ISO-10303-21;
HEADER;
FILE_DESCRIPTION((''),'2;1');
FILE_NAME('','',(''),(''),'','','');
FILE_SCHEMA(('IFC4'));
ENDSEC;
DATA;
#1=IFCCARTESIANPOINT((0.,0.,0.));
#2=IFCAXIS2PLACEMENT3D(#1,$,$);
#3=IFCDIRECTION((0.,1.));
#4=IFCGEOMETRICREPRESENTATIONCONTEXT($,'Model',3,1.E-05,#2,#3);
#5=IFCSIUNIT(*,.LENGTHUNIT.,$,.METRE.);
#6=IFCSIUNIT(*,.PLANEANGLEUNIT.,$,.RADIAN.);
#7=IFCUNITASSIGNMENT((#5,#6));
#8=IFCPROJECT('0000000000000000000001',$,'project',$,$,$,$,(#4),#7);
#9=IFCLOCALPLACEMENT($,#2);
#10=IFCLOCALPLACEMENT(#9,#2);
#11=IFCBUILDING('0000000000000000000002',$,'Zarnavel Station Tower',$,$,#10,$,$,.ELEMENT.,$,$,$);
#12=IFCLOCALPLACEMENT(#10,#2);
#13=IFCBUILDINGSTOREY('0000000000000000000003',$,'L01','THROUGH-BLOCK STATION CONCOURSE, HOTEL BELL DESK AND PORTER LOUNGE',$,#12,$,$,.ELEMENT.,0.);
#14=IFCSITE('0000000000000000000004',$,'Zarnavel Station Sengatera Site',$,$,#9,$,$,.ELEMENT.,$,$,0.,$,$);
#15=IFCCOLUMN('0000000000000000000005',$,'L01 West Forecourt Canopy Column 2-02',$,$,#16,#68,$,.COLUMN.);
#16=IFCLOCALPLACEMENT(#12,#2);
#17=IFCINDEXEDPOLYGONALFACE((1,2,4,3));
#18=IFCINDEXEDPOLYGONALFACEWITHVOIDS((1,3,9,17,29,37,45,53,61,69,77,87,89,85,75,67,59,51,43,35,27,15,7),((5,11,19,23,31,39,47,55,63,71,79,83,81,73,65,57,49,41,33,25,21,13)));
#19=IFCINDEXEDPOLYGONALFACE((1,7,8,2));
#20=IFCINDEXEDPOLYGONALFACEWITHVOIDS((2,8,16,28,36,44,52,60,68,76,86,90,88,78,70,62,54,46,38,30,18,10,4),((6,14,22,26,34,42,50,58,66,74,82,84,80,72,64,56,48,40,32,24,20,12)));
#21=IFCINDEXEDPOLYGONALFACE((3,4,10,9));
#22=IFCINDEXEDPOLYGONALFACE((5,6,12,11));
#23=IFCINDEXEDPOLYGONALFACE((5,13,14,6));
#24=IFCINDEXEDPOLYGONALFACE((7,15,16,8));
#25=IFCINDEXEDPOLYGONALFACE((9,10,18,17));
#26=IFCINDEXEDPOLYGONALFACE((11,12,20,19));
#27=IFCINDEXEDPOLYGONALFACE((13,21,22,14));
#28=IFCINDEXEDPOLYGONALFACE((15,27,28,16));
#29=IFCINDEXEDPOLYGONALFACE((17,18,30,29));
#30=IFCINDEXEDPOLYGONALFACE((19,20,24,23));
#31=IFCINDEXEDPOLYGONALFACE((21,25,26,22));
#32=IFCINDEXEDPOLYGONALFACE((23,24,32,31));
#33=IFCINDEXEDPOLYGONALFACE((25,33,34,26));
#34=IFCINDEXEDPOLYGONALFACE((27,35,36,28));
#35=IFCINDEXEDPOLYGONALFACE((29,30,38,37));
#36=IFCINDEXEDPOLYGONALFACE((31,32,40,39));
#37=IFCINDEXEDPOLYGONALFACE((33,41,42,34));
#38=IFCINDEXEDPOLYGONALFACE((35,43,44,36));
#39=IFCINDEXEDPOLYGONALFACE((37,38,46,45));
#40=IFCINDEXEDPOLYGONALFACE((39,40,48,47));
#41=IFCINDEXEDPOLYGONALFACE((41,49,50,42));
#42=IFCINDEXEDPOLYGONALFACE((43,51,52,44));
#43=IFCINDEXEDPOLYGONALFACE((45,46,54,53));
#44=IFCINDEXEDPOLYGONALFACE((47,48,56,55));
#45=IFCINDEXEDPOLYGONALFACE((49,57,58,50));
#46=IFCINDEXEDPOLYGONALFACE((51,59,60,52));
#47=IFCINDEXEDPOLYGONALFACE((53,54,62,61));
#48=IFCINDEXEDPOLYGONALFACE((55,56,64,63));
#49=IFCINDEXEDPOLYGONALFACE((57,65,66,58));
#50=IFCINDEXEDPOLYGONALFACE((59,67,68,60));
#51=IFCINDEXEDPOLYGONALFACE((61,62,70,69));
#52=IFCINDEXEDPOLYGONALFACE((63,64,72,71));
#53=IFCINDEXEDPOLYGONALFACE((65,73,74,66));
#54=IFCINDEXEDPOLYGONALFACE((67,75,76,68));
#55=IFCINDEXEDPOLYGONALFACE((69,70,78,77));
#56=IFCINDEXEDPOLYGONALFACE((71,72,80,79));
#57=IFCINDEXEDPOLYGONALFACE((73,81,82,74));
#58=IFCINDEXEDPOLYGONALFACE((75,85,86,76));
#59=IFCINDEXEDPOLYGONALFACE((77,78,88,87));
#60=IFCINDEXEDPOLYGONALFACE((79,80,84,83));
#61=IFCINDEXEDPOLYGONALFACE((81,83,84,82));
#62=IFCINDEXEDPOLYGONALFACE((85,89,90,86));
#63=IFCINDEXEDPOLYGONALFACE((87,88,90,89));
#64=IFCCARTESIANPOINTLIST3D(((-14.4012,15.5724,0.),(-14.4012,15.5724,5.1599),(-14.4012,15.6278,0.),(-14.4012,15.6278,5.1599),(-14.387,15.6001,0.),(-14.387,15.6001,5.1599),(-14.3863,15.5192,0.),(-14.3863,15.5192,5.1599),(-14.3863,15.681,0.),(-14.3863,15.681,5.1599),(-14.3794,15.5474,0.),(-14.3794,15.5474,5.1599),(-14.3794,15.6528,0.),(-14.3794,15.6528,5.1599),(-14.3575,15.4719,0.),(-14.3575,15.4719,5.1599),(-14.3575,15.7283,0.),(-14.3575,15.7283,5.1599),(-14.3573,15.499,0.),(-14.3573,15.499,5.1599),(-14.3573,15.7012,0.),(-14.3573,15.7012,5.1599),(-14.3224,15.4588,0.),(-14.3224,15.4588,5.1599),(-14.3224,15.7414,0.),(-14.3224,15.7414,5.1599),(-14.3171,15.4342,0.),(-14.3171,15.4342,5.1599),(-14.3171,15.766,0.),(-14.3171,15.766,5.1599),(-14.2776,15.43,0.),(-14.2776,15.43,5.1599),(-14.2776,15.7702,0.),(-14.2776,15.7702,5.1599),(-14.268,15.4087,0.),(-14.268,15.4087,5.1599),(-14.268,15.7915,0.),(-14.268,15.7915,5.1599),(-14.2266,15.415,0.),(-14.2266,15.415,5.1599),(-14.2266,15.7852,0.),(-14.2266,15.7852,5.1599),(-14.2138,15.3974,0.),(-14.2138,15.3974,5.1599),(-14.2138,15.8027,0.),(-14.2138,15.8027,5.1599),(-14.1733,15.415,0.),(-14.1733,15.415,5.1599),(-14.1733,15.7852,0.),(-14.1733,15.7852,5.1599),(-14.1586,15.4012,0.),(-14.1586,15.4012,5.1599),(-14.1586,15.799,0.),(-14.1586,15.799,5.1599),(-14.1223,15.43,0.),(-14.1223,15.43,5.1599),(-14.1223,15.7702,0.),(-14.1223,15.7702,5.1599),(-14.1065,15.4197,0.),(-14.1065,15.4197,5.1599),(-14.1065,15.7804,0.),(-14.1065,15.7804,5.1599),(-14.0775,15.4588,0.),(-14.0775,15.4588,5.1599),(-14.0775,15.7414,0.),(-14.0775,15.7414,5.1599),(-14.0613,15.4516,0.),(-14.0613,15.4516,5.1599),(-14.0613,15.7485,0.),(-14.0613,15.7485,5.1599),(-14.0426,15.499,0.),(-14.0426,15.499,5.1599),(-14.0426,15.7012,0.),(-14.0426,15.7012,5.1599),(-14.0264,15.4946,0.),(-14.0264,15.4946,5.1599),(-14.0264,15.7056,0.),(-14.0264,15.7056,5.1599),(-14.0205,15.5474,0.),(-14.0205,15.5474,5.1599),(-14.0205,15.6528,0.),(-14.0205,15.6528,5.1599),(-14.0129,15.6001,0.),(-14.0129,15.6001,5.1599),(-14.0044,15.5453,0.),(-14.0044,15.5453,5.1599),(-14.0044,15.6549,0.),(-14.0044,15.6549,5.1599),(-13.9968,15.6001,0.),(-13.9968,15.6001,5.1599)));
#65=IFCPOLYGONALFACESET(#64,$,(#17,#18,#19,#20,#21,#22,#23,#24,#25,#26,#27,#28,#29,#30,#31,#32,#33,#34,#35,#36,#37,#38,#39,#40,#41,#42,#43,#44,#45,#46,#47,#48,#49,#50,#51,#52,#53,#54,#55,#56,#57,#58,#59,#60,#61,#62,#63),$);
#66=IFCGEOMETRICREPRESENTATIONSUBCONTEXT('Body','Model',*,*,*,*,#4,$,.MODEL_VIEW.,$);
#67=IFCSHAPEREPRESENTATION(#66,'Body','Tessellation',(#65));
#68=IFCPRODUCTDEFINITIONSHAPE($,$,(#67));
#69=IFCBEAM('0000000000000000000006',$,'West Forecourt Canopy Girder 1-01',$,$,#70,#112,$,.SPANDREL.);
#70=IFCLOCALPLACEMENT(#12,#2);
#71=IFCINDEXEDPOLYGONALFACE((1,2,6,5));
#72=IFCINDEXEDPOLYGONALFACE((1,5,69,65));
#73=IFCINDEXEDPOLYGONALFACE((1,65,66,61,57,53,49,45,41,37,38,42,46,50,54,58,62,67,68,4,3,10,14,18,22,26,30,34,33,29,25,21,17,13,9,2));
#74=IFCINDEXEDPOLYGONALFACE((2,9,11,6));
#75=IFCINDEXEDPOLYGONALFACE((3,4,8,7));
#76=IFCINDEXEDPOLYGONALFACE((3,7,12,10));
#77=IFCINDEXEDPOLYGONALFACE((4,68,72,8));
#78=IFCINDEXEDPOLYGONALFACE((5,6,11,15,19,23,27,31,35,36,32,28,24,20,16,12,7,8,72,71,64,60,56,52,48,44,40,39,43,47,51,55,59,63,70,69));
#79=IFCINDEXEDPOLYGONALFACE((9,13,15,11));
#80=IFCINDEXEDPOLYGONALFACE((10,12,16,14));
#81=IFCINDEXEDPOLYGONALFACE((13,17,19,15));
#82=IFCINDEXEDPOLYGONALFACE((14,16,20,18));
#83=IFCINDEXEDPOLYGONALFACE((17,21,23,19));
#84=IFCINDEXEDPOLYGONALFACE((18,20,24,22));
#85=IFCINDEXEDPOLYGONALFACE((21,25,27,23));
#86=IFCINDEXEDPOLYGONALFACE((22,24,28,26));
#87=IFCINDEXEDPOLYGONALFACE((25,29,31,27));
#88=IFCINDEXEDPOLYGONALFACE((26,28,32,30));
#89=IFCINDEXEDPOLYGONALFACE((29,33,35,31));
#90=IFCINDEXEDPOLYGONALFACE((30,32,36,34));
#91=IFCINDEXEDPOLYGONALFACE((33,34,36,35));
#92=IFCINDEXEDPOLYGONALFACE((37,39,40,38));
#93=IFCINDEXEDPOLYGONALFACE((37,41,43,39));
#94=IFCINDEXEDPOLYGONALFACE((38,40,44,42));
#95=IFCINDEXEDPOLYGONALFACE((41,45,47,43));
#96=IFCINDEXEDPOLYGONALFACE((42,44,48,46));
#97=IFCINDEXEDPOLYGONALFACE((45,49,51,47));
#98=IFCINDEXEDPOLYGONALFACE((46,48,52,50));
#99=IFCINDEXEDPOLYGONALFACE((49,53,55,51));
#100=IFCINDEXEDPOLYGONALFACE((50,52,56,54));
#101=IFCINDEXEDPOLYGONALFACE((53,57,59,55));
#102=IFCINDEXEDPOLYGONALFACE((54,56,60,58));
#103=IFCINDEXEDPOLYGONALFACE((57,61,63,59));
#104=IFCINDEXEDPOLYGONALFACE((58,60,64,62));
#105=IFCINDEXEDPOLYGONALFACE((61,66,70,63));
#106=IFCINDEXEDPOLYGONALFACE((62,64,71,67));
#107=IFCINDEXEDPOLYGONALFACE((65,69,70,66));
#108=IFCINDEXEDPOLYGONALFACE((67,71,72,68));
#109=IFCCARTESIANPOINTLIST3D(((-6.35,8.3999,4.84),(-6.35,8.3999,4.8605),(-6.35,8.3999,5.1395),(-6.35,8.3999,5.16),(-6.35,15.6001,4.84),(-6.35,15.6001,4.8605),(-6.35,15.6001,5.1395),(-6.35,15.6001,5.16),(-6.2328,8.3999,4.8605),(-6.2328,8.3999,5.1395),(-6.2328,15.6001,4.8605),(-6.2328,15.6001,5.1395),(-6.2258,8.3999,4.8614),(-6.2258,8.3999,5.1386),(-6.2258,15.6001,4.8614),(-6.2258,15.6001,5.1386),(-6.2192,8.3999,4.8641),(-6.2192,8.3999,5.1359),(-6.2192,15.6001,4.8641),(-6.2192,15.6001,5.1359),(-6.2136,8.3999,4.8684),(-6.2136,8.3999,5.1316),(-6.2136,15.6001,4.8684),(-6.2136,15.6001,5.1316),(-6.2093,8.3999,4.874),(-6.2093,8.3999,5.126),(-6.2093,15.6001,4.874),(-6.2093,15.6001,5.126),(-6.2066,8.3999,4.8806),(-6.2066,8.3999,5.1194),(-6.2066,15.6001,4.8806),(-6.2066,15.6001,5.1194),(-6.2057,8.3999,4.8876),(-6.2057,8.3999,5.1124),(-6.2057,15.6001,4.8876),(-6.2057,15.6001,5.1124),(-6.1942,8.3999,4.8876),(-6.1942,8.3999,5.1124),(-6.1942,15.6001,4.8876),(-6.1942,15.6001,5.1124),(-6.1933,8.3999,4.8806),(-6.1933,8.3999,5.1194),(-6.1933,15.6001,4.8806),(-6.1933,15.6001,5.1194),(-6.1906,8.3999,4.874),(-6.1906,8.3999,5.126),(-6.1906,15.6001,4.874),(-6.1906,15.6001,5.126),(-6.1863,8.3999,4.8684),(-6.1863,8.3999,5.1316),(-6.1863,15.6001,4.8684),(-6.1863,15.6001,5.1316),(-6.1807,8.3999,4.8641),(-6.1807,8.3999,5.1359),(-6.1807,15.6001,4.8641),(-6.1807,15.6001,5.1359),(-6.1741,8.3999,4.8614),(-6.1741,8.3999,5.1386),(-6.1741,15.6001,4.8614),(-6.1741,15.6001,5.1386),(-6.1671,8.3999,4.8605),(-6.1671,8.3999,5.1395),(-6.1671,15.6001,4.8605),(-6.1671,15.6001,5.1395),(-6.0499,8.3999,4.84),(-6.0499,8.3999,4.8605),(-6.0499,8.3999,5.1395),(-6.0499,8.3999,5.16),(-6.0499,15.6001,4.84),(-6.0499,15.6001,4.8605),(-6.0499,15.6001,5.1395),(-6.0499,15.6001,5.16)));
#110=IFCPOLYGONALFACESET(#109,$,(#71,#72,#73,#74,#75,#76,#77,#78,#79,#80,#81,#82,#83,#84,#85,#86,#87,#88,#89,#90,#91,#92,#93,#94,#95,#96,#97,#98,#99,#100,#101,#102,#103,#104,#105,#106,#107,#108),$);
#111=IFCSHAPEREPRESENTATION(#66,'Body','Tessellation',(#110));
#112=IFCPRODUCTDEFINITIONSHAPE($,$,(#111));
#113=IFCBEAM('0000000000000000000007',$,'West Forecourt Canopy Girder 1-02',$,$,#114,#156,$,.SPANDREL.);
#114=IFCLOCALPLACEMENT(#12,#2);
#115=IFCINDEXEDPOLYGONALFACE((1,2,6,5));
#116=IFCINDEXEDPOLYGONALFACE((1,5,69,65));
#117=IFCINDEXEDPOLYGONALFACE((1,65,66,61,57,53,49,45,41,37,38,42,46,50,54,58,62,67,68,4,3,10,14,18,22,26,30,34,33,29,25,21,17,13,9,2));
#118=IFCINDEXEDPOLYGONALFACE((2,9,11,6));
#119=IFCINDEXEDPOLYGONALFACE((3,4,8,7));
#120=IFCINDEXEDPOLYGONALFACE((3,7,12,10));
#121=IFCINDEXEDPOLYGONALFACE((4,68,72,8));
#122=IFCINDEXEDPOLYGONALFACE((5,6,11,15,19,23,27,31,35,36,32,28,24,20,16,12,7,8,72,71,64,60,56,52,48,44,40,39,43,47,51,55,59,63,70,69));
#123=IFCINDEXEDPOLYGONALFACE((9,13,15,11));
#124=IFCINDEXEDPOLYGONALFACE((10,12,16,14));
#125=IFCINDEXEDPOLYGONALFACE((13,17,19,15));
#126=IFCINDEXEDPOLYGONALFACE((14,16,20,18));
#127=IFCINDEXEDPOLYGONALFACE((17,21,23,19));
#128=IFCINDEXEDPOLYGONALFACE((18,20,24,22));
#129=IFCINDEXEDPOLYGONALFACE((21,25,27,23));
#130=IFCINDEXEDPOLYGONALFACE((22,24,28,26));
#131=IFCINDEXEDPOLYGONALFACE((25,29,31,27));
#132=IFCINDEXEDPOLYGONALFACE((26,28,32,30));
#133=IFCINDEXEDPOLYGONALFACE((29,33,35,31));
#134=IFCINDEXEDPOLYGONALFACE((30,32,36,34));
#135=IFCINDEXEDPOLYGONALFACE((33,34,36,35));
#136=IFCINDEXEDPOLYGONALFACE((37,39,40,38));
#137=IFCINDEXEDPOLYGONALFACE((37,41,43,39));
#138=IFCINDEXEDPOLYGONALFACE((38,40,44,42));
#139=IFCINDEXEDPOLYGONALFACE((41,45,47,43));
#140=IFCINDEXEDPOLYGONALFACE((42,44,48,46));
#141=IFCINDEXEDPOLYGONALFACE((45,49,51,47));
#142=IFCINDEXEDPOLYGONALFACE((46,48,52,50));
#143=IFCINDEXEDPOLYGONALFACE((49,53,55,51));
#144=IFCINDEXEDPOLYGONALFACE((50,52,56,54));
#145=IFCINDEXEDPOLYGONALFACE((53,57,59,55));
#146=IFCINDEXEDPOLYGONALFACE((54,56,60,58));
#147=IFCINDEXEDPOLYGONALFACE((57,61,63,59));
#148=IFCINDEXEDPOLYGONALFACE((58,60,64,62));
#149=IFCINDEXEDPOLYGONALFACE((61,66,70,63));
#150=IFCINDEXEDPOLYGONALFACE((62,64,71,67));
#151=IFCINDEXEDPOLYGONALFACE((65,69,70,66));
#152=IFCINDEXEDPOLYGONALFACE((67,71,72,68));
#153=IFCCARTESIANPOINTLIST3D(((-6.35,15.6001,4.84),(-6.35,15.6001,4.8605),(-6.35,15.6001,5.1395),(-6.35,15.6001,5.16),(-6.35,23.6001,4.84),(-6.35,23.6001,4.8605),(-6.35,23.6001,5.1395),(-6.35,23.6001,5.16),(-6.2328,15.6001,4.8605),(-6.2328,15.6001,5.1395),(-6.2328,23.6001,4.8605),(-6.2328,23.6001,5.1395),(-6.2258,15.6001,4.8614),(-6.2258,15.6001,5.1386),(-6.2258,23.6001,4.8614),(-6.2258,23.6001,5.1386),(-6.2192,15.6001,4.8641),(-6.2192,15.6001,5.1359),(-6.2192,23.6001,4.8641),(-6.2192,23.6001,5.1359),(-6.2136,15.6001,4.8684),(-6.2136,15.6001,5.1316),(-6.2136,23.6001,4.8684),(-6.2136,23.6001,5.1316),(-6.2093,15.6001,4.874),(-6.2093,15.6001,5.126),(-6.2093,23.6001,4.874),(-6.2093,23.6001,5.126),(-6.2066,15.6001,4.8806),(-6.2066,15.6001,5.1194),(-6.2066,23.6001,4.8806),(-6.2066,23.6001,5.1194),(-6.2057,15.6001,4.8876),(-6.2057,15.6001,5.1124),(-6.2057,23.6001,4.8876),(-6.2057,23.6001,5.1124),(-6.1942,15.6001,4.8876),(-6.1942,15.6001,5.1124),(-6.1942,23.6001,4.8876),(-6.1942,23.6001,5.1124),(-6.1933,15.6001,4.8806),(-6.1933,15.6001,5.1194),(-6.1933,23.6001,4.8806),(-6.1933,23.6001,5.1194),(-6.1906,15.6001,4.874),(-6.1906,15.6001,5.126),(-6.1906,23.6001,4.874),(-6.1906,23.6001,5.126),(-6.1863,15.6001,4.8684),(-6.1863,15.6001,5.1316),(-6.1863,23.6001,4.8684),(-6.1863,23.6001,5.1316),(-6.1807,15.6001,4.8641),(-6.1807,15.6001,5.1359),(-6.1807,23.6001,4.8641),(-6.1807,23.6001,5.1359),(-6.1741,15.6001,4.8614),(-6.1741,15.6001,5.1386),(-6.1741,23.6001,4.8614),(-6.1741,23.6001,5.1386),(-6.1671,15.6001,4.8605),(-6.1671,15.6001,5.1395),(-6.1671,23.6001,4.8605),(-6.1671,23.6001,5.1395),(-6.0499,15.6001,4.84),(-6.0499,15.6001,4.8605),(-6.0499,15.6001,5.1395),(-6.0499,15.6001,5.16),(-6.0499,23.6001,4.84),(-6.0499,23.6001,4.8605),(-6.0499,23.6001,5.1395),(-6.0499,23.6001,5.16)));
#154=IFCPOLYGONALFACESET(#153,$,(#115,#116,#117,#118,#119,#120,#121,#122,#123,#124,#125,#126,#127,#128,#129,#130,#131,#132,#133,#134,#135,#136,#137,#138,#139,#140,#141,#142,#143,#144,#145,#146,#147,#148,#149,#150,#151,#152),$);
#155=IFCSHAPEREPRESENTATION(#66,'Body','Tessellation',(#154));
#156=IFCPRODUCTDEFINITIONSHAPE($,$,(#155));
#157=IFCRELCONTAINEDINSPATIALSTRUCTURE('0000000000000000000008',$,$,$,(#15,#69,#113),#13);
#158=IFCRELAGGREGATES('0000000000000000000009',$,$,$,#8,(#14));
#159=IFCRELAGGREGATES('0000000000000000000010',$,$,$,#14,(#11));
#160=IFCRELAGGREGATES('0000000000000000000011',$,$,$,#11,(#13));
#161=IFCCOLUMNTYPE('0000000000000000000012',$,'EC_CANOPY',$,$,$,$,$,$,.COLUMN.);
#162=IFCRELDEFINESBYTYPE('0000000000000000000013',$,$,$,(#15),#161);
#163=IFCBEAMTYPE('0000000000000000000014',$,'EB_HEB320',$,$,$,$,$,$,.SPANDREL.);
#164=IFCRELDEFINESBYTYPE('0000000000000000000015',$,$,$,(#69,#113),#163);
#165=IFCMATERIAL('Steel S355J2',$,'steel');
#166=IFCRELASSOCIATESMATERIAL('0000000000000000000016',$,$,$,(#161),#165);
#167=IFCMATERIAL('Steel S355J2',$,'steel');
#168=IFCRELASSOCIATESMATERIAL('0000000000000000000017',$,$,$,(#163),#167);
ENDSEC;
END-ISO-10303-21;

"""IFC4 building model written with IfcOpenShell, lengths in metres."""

from ifc_helpers import new_model, si_unit, direction, frame, origin, origin_2d, place, context, subcontext, project, spatial, hollow_circle, i_section, extrude, material, material_profile, profile_set, type_object, element, save


model = new_model("IFC4")

# Units and contexts
model_context = context("Model", 3, precision=1e-05, world=origin(), true_north=direction((0.0, 1.0)))
body_context = subcontext(model_context, "Body", "Model", "MODEL_VIEW")
ifc_project = project(units=[si_unit("LENGTHUNIT", "METRE"), si_unit("PLANEANGLEUNIT", "RADIAN")], contexts=[model_context])

# Site, building, storey
site_placement = place(None, origin())
site = spatial("IfcSite", under=ifc_project, at=site_placement, Name="Zarnavel Station Sengatera Site", CompositionType="ELEMENT", RefElevation=0.0)
building_placement = place(site_placement, origin())
building = spatial("IfcBuilding", under=site, at=building_placement, Name="Zarnavel Station Tower", CompositionType="ELEMENT")
storey_placement = place(building_placement, origin())
storey = spatial("IfcBuildingStorey", under=building, at=storey_placement, Name="L01", Description="THROUGH-BLOCK STATION CONCOURSE, HOTEL BELL DESK AND PORTER LOUNGE", CompositionType="ELEMENT", Elevation=0.0)

# Column
ifc_material_1 = material(Name="Steel S355J2", Category="steel")
ifc_material_profile_1 = material_profile(ifc_material_1, hollow_circle(Radius=0.2031, WallThickness=0.0161, at=origin_2d()), Name="CHS406.4x16")
ifc_profile_set_1 = profile_set([ifc_material_profile_1], Name="Steel S355J2")
column_type = type_object("IfcColumnType", Name="EC_CANOPY", PredefinedType="COLUMN", material=ifc_profile_set_1)
for number, where, z_axis, x_axis, name in (
    (1, (-14.2, 15.6001, 0.0), (0.0, 0.0, 1.0), (1.0, 0.0, 0.0), "L01 West Forecourt Canopy Column 2-02"),
):
    element("IfcColumn", number, at=place(storey_placement, frame(where, z_axis=z_axis, x_axis=x_axis)), inside=storey, type_object=column_type, Name=name, PredefinedType="COLUMN", context=body_context, shape_type="SweptSolid", body=[
        extrude(hollow_circle(Radius=0.2031, WallThickness=0.0161, at=origin_2d()), origin(), (0.0, 0.0, 1.0), 5.1599),
    ])

# Beams
ifc_material_2 = material(Name="Steel S355J2", Category="steel")
ifc_material_profile_2 = material_profile(ifc_material_2, i_section(OverallWidth=0.3, OverallDepth=0.3201, WebThickness=0.0115, FlangeThickness=0.0205, FilletRadius=0.0271, at=origin_2d()), Name="HEB320")
ifc_profile_set_2 = profile_set([ifc_material_profile_2], Name="Steel S355J2")
beam_type_1 = type_object("IfcBeamType", Name="EB_HEB320", PredefinedType="SPANDREL", material=ifc_profile_set_2)
beam_1_placement = place(storey_placement, frame((-6.2, 8.3999, 5.0), z_axis=(0.0, 1.0, 0.0), x_axis=(-1.0, 0.0, 0.0)))
element("IfcBeam", 2, at=beam_1_placement, inside=storey, type_object=beam_type_1, Name="West Forecourt Canopy Girder 1-01", PredefinedType="SPANDREL", context=body_context, shape_type="SweptSolid", body=[
    extrude(i_section(OverallWidth=0.3, OverallDepth=0.3201, WebThickness=0.0115, FlangeThickness=0.0205, FilletRadius=0.0271, at=origin_2d()), origin(), (0.0, 0.0, 1.0), 7.2002),
])
beam_2_placement = place(storey_placement, frame((-6.2, 15.6001, 5.0), z_axis=(0.0, 1.0, 0.0), x_axis=(-1.0, 0.0, 0.0)))
element("IfcBeam", 3, at=beam_2_placement, inside=storey, type_object=beam_type_1, Name="West Forecourt Canopy Girder 1-02", PredefinedType="SPANDREL", context=body_context, shape_type="SweptSolid", body=[
    extrude(i_section(OverallWidth=0.3, OverallDepth=0.3201, WebThickness=0.0115, FlangeThickness=0.0205, FilletRadius=0.0271, at=origin_2d()), origin(), (0.0, 0.0, 1.0), 8.0),
])

save(model, "model.ifc")
